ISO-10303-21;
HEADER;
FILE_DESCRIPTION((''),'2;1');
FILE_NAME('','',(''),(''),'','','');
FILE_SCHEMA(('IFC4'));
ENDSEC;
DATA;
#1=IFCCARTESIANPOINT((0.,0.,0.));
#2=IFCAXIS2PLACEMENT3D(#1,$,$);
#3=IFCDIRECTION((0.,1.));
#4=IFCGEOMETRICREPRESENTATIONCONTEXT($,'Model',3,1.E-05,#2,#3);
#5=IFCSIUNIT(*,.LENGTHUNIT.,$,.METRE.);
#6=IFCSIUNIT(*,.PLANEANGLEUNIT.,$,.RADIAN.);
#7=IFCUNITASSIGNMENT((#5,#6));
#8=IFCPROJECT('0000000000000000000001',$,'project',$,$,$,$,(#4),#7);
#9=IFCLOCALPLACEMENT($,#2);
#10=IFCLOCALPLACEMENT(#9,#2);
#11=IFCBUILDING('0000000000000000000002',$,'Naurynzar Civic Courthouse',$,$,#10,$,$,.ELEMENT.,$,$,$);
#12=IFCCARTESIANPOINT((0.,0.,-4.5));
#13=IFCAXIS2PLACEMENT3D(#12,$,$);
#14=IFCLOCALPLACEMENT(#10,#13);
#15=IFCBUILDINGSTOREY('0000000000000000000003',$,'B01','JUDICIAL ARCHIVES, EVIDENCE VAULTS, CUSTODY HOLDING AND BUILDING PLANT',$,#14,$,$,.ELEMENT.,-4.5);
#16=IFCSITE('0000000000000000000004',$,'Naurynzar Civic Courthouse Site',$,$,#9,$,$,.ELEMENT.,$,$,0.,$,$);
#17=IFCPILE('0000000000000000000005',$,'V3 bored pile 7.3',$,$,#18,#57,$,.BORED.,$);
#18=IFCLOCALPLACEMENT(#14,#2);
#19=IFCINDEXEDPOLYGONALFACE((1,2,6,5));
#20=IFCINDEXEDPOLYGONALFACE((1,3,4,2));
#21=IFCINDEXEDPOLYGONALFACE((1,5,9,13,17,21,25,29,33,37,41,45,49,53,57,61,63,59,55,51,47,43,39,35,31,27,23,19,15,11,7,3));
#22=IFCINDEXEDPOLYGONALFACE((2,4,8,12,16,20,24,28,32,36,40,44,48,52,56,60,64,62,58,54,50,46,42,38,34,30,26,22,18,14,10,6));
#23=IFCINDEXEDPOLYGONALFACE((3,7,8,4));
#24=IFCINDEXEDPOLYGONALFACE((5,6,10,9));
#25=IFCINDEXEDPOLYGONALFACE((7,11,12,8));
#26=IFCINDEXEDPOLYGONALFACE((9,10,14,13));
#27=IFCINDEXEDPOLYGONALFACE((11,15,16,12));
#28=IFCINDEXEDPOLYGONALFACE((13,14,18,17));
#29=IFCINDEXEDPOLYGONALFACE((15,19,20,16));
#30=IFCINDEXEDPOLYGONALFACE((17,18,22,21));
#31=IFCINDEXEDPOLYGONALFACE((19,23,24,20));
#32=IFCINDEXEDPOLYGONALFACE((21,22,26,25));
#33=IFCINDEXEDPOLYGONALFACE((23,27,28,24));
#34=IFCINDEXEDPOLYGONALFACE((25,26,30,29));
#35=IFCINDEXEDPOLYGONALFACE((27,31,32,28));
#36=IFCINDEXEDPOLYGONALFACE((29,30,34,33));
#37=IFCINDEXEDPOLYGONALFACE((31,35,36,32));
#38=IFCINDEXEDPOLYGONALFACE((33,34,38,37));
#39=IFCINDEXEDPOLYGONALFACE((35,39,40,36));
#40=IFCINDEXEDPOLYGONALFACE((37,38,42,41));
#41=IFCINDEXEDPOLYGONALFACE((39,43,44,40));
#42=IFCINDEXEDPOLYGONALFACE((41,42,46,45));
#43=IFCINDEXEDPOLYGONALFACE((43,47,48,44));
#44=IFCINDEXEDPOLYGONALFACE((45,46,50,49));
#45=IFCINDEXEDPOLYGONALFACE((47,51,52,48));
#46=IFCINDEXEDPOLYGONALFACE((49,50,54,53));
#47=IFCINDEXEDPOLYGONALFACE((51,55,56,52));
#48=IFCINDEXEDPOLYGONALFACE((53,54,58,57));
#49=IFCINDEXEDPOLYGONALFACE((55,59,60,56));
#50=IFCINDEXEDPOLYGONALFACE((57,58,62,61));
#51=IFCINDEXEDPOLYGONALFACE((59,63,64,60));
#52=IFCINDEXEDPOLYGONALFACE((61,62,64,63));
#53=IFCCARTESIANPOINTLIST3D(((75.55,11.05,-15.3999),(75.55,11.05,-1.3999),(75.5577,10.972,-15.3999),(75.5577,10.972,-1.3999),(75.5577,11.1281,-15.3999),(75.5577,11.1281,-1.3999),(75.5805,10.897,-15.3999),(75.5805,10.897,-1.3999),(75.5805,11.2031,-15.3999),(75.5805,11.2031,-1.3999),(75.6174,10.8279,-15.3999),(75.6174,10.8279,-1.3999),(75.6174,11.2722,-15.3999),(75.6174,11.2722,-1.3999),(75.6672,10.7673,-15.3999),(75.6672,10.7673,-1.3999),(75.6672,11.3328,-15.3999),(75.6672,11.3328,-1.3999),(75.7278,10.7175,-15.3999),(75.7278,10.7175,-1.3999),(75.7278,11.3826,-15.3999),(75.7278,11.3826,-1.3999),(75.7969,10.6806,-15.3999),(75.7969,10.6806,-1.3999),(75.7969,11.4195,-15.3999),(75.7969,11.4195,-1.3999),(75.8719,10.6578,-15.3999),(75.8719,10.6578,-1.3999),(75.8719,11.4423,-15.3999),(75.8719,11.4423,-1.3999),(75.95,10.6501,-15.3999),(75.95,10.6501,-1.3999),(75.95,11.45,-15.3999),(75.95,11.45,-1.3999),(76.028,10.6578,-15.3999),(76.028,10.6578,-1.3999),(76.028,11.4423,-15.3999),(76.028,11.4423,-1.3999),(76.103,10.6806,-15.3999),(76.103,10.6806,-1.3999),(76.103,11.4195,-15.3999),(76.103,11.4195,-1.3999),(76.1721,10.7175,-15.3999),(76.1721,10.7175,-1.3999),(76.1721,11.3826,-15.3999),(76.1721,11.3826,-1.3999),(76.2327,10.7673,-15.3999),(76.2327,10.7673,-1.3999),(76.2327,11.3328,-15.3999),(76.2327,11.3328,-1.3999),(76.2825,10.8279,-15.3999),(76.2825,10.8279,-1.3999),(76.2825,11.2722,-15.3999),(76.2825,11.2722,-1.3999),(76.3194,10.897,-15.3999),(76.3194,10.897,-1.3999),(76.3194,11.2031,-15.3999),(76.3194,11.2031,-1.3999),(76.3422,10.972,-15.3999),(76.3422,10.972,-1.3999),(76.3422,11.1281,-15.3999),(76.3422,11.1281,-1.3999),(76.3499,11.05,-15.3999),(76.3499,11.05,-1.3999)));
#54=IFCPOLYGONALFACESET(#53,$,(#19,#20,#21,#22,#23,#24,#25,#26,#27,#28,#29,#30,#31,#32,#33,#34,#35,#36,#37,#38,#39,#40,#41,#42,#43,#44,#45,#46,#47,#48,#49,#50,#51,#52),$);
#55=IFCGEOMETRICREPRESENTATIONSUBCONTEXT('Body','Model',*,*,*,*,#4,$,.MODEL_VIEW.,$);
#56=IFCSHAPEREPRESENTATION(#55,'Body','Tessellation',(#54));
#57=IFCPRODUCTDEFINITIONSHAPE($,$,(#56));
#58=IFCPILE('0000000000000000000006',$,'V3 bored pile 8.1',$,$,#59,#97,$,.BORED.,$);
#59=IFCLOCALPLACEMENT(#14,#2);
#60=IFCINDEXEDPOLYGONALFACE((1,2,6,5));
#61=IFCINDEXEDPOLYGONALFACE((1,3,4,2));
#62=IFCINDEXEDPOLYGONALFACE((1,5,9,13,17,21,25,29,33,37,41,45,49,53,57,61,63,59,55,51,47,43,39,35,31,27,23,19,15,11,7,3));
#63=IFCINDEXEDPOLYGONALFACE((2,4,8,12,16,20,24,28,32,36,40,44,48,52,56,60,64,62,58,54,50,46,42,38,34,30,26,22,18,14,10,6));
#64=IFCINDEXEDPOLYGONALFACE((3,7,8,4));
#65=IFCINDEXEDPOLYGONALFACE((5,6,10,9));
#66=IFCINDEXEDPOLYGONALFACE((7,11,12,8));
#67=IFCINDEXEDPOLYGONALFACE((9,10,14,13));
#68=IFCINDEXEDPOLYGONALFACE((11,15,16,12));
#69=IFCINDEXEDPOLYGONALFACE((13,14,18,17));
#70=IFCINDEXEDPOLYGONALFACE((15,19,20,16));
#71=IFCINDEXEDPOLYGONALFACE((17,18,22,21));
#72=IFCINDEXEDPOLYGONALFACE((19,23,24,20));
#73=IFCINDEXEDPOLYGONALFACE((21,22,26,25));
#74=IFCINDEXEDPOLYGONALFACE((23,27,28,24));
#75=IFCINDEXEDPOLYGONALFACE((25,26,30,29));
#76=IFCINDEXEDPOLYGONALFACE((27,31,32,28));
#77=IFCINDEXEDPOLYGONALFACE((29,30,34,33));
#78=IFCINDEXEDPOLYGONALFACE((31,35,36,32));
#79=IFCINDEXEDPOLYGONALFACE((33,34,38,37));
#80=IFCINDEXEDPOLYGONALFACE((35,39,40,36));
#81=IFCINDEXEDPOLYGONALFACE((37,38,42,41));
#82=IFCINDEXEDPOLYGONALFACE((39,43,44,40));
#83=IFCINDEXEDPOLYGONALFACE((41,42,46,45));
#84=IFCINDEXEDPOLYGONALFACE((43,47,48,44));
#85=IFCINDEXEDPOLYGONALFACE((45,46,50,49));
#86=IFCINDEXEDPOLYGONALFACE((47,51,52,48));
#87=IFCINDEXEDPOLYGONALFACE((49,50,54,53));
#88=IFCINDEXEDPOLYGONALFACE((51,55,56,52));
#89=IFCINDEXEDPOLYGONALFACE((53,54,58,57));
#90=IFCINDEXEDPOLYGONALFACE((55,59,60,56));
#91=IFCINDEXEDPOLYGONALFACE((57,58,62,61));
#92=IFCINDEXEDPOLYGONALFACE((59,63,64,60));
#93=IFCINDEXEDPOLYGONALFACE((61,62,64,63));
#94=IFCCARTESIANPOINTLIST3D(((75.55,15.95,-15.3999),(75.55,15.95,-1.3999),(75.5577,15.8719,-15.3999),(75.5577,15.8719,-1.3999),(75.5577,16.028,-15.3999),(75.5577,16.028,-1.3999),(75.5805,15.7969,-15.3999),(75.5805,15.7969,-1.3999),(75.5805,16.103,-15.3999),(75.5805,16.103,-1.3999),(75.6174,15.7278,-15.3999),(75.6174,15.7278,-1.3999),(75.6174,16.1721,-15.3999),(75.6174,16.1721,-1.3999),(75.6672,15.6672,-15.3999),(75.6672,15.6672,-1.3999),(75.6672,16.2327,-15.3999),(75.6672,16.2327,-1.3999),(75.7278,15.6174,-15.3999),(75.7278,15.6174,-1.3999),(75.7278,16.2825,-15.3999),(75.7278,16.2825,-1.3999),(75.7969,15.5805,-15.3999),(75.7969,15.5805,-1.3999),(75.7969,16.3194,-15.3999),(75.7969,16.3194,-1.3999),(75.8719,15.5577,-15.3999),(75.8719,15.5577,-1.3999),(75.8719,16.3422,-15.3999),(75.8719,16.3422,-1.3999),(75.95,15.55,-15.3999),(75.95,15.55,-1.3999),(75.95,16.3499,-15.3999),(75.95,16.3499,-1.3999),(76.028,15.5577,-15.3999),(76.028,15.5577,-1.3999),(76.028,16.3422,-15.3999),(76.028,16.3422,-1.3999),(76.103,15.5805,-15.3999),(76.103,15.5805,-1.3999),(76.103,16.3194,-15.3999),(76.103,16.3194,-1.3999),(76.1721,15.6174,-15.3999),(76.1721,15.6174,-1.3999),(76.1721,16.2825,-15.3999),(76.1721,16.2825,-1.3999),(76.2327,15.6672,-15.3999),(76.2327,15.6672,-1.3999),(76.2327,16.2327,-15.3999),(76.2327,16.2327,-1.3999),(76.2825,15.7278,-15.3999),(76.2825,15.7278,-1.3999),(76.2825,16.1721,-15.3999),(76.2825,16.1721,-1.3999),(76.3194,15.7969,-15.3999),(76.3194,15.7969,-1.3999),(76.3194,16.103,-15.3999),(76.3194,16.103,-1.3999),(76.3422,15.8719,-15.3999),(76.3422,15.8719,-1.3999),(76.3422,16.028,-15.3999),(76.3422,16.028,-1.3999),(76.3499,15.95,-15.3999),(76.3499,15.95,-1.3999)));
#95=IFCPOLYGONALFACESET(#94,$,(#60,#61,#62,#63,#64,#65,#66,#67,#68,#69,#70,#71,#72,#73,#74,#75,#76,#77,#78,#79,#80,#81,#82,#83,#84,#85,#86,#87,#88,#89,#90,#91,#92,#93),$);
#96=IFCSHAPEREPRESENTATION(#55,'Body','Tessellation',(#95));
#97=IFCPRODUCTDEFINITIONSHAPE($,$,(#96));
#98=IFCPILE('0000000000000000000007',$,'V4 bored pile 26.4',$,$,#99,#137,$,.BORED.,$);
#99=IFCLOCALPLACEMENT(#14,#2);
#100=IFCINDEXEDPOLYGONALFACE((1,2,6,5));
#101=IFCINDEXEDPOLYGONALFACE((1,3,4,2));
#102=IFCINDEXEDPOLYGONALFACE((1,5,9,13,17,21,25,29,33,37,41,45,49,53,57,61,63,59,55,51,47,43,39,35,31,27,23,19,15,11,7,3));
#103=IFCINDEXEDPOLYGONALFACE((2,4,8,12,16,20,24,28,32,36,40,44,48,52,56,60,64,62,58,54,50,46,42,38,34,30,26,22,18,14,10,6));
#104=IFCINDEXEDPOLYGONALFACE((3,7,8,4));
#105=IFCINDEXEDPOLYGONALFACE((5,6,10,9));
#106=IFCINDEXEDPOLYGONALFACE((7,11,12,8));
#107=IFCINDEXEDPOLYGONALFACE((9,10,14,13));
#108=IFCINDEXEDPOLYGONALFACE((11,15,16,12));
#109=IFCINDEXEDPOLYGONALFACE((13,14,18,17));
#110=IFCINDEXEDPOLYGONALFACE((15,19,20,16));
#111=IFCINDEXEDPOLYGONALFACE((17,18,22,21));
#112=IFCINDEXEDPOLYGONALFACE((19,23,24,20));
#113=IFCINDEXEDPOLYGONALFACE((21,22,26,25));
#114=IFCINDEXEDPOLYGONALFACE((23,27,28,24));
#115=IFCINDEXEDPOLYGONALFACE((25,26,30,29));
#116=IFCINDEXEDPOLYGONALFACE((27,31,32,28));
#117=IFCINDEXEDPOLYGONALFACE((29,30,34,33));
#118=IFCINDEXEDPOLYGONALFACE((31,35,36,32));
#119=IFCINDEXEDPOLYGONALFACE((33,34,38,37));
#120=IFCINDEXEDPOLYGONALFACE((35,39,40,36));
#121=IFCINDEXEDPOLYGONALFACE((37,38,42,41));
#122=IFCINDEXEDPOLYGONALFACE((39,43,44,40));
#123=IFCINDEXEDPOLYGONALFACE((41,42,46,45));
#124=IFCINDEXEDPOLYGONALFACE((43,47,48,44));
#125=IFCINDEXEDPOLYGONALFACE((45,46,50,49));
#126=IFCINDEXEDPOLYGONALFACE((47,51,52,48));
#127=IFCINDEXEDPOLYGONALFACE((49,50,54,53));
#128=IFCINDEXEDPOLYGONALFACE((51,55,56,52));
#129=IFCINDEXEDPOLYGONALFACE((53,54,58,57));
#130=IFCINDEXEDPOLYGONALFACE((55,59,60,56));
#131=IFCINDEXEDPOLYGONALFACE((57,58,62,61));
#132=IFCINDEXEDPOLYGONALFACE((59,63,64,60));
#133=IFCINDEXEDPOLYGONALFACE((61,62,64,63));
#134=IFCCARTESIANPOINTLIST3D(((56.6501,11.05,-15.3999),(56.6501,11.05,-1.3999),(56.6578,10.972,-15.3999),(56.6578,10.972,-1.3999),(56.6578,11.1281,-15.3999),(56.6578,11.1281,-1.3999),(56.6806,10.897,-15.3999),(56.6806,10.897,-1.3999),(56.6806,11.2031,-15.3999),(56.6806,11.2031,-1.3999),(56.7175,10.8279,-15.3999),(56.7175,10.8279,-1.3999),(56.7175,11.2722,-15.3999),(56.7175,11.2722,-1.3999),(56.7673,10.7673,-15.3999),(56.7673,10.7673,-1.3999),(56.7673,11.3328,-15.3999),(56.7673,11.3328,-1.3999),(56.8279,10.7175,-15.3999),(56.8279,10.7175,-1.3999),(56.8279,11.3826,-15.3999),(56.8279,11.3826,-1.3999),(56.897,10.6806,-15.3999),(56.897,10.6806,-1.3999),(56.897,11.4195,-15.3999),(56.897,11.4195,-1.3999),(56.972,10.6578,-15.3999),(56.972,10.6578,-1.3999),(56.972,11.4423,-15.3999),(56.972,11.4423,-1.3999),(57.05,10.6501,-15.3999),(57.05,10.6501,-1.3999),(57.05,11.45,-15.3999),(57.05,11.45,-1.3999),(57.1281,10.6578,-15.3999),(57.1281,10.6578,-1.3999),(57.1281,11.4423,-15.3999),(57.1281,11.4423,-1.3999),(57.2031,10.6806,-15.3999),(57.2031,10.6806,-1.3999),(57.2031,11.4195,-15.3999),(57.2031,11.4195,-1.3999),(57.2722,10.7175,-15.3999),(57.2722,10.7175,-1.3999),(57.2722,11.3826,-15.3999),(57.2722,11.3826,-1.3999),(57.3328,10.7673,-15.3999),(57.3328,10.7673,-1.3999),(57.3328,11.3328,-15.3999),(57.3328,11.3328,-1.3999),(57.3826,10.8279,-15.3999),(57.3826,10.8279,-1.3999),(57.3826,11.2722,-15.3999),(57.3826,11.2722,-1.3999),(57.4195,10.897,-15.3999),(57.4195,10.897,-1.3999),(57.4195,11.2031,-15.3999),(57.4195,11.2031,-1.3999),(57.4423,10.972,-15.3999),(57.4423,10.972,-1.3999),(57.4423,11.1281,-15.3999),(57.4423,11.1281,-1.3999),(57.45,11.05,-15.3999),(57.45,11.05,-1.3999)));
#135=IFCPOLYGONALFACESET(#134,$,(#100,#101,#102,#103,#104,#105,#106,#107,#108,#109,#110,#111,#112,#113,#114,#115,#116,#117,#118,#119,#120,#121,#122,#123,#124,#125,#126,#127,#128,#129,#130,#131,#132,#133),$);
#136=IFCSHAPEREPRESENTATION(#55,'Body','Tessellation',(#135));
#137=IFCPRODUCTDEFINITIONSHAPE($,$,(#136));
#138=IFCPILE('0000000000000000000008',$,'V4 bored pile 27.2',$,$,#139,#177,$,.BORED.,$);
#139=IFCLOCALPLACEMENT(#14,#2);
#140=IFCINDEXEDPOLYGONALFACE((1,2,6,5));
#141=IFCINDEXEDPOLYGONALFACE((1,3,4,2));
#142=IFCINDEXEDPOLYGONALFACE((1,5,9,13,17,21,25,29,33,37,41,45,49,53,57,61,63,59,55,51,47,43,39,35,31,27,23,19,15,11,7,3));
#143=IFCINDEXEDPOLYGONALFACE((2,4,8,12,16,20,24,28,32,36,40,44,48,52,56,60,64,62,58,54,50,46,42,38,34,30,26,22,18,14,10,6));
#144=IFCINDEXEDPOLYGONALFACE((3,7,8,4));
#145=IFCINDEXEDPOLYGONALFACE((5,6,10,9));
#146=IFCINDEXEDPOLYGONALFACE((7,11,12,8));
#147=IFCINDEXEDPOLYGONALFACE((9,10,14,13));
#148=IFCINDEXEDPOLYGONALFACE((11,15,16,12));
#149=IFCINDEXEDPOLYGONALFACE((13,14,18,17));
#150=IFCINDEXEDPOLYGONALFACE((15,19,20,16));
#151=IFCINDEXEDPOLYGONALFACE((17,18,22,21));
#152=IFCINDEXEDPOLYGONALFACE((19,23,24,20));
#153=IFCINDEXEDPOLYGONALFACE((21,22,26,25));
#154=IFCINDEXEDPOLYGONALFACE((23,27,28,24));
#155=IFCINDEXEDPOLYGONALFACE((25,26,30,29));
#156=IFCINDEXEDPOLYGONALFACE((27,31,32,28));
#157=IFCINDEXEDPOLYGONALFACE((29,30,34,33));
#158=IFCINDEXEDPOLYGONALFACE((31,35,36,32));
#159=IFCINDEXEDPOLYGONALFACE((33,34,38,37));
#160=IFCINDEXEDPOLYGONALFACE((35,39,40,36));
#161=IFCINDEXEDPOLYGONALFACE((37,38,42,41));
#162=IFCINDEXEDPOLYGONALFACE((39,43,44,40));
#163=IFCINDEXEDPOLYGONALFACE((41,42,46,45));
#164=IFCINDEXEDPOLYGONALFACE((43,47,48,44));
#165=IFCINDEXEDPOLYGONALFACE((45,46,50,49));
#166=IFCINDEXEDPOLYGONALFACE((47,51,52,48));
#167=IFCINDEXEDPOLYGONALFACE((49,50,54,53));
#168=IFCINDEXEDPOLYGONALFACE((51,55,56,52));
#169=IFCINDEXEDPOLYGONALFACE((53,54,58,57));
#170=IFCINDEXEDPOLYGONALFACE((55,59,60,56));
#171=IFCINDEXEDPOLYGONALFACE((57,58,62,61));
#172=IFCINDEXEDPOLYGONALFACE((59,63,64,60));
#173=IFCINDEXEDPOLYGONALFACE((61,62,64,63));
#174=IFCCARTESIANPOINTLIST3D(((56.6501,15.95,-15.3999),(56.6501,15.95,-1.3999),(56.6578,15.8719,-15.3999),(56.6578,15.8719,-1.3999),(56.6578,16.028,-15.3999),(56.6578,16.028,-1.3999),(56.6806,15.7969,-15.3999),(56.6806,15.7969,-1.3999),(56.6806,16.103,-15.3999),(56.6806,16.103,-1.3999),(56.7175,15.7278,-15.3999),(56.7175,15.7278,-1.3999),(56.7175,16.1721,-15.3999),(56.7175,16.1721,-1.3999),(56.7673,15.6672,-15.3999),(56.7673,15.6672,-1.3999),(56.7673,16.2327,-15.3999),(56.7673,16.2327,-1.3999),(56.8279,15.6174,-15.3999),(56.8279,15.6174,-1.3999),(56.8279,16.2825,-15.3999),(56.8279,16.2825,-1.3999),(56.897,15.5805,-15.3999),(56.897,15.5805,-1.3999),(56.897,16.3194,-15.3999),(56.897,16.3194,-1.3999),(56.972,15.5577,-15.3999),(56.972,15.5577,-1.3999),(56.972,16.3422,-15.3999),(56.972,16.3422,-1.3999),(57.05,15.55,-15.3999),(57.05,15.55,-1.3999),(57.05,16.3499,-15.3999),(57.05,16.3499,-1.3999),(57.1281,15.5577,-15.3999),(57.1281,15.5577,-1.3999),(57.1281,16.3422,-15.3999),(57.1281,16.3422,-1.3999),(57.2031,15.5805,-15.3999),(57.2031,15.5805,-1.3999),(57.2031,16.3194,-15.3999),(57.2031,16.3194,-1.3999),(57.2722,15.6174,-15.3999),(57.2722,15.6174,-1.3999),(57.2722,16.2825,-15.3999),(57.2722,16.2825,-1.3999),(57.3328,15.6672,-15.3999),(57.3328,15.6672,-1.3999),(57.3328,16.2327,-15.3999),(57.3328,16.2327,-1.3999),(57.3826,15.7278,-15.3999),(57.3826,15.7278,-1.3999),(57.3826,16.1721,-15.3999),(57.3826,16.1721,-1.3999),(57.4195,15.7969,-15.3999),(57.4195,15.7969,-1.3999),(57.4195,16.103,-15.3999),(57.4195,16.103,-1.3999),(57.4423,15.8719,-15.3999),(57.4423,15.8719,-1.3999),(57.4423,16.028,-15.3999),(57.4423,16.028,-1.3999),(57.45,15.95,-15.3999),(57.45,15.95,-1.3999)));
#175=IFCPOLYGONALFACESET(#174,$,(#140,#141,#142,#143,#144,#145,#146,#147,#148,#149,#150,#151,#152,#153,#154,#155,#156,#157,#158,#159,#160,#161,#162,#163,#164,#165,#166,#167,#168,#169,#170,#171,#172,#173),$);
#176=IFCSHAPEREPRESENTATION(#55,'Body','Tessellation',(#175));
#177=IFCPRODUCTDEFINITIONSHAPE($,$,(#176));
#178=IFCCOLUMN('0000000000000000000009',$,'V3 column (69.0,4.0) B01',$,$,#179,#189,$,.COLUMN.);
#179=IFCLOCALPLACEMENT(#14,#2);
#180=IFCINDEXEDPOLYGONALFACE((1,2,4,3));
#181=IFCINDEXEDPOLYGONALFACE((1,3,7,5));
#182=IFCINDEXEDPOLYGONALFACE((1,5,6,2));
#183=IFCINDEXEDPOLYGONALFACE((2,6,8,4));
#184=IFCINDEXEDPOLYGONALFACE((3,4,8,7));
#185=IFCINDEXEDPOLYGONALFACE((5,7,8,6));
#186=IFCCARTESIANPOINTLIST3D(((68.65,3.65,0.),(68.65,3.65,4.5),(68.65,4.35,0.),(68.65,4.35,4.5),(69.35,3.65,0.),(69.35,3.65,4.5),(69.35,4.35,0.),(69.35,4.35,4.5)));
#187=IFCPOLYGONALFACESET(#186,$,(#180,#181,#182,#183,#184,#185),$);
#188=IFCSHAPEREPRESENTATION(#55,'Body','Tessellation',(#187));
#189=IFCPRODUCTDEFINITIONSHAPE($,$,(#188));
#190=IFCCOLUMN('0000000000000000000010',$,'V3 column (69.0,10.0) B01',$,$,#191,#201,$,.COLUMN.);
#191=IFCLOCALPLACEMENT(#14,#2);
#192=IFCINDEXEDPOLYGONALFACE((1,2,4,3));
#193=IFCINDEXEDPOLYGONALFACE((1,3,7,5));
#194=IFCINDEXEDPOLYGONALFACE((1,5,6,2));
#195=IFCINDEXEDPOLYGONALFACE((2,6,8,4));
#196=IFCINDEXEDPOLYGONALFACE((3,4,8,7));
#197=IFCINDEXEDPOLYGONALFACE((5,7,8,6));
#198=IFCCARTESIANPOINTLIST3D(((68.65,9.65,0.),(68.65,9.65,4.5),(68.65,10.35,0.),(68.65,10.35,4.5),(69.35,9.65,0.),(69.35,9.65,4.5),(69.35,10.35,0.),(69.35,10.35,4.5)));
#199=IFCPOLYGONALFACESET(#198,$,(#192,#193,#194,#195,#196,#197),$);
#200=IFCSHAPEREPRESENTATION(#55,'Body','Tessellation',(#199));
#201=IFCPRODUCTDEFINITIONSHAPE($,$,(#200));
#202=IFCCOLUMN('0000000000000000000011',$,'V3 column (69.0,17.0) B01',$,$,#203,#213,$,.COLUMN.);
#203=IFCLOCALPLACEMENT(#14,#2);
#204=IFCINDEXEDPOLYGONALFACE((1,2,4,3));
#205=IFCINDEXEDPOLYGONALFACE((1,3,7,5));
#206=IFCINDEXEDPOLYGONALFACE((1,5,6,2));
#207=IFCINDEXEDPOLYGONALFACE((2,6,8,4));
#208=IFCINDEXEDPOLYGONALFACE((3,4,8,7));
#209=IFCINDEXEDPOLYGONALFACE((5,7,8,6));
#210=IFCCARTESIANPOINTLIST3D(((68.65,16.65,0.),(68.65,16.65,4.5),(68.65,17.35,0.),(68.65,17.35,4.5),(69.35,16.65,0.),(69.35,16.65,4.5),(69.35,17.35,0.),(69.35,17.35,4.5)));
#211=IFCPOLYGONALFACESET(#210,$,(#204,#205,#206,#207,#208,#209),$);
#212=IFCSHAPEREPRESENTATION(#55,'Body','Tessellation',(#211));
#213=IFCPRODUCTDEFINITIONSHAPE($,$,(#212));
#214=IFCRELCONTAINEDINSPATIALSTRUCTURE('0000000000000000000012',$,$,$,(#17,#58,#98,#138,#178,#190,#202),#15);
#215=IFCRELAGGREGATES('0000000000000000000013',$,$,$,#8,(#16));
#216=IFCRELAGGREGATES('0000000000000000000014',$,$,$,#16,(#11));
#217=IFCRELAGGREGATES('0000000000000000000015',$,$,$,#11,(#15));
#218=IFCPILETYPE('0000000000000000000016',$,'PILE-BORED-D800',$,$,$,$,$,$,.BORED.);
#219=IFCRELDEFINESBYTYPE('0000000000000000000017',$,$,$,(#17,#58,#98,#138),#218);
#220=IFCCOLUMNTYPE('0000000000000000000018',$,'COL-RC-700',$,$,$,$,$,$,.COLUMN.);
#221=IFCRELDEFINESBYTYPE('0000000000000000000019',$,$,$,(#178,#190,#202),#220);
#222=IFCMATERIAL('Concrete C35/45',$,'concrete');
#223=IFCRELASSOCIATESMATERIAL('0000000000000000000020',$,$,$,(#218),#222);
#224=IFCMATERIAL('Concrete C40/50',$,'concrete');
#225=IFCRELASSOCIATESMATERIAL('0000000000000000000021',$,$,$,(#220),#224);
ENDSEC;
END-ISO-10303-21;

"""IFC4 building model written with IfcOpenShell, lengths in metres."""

from ifc_helpers import new_model, si_unit, direction, frame, origin, origin_2d, place, context, subcontext, project, spatial, rectangle, circle, extrude, material, material_profile, profile_set, type_object, element, save


model = new_model("IFC4")

# Units and contexts
model_context = context("Model", 3, precision=1e-05, world=origin(), true_north=direction((0.0, 1.0)))
body_context = subcontext(model_context, "Body", "Model", "MODEL_VIEW")
ifc_project = project(units=[si_unit("LENGTHUNIT", "METRE"), si_unit("PLANEANGLEUNIT", "RADIAN")], contexts=[model_context])

# Site, building, storey
site_placement = place(None, origin())
site = spatial("IfcSite", under=ifc_project, at=site_placement, Name="Naurynzar Civic Courthouse Site", CompositionType="ELEMENT", RefElevation=0.0)
building_placement = place(site_placement, origin())
building = spatial("IfcBuilding", under=site, at=building_placement, Name="Naurynzar Civic Courthouse", CompositionType="ELEMENT")
storey_placement = place(building_placement, frame((0.0, 0.0, -4.5)))
storey = spatial("IfcBuildingStorey", under=building, at=storey_placement, Name="B01", Description="JUDICIAL ARCHIVES, EVIDENCE VAULTS, CUSTODY HOLDING AND BUILDING PLANT", CompositionType="ELEMENT", Elevation=-4.5)

# Piles
ifc_material_1 = material(Name="Concrete C35/45", Category="concrete")
ifc_material_profile_1 = material_profile(ifc_material_1, circle(Radius=0.3999, at=origin_2d()), Name="PILE D800")
ifc_profile_set_1 = profile_set([ifc_material_profile_1], Name="Concrete C35/45")
pile_type = type_object("IfcPileType", Name="PILE-BORED-D800", PredefinedType="BORED", material=ifc_profile_set_1)
for number, where, z_axis, x_axis, name in (
    (1, (75.95, 11.05, -1.3999), (0.0, 0.0, -1.0), (1.0, 0.0, 0.0), "V3 bored pile 7.3"),
    (2, (75.95, 15.95, -1.3999), (0.0, 0.0, -1.0), (1.0, 0.0, 0.0), "V3 bored pile 8.1"),
    (3, (57.05, 11.05, -1.3999), (0.0, 0.0, -1.0), (1.0, 0.0, 0.0), "V4 bored pile 26.4"),
    (4, (57.05, 15.95, -1.3999), (0.0, 0.0, -1.0), (1.0, 0.0, 0.0), "V4 bored pile 27.2"),
):
    element("IfcPile", number, at=place(storey_placement, frame(where, z_axis=z_axis, x_axis=x_axis)), inside=storey, type_object=pile_type, Name=name, PredefinedType="BORED", context=body_context, shape_type="SweptSolid", body=[
        extrude(circle(Radius=0.3999, at=origin_2d()), origin(), (0.0, 0.0, 1.0), 14.0),
    ])

# Columns
ifc_material_2 = material(Name="Concrete C40/50", Category="concrete")
ifc_material_profile_2 = material_profile(ifc_material_2, rectangle(XDim=0.7, YDim=0.7, at=origin_2d()), Name="RC 700x700")
ifc_profile_set_2 = profile_set([ifc_material_profile_2], Name="Concrete C40/50")
column_type = type_object("IfcColumnType", Name="COL-RC-700", PredefinedType="COLUMN", material=ifc_profile_set_2)
for number, where, z_axis, x_axis, name in (
    (5, (69.0, 4.0, 0.0), (0.0, 0.0, 1.0), (1.0, 0.0, 0.0), "V3 column (69.0,4.0) B01"),
    (6, (69.0, 10.0, 0.0), (0.0, 0.0, 1.0), (1.0, 0.0, 0.0), "V3 column (69.0,10.0) B01"),
    (7, (69.0, 17.0, 0.0), (0.0, 0.0, 1.0), (1.0, 0.0, 0.0), "V3 column (69.0,17.0) B01"),
):
    element("IfcColumn", number, at=place(storey_placement, frame(where, z_axis=z_axis, x_axis=x_axis)), inside=storey, type_object=column_type, Name=name, PredefinedType="COLUMN", context=body_context, shape_type="SweptSolid", body=[
        extrude(rectangle(XDim=0.7, YDim=0.7, at=origin_2d()), origin(), (0.0, 0.0, 1.0), 4.5),
    ])

save(model, "model.ifc")
